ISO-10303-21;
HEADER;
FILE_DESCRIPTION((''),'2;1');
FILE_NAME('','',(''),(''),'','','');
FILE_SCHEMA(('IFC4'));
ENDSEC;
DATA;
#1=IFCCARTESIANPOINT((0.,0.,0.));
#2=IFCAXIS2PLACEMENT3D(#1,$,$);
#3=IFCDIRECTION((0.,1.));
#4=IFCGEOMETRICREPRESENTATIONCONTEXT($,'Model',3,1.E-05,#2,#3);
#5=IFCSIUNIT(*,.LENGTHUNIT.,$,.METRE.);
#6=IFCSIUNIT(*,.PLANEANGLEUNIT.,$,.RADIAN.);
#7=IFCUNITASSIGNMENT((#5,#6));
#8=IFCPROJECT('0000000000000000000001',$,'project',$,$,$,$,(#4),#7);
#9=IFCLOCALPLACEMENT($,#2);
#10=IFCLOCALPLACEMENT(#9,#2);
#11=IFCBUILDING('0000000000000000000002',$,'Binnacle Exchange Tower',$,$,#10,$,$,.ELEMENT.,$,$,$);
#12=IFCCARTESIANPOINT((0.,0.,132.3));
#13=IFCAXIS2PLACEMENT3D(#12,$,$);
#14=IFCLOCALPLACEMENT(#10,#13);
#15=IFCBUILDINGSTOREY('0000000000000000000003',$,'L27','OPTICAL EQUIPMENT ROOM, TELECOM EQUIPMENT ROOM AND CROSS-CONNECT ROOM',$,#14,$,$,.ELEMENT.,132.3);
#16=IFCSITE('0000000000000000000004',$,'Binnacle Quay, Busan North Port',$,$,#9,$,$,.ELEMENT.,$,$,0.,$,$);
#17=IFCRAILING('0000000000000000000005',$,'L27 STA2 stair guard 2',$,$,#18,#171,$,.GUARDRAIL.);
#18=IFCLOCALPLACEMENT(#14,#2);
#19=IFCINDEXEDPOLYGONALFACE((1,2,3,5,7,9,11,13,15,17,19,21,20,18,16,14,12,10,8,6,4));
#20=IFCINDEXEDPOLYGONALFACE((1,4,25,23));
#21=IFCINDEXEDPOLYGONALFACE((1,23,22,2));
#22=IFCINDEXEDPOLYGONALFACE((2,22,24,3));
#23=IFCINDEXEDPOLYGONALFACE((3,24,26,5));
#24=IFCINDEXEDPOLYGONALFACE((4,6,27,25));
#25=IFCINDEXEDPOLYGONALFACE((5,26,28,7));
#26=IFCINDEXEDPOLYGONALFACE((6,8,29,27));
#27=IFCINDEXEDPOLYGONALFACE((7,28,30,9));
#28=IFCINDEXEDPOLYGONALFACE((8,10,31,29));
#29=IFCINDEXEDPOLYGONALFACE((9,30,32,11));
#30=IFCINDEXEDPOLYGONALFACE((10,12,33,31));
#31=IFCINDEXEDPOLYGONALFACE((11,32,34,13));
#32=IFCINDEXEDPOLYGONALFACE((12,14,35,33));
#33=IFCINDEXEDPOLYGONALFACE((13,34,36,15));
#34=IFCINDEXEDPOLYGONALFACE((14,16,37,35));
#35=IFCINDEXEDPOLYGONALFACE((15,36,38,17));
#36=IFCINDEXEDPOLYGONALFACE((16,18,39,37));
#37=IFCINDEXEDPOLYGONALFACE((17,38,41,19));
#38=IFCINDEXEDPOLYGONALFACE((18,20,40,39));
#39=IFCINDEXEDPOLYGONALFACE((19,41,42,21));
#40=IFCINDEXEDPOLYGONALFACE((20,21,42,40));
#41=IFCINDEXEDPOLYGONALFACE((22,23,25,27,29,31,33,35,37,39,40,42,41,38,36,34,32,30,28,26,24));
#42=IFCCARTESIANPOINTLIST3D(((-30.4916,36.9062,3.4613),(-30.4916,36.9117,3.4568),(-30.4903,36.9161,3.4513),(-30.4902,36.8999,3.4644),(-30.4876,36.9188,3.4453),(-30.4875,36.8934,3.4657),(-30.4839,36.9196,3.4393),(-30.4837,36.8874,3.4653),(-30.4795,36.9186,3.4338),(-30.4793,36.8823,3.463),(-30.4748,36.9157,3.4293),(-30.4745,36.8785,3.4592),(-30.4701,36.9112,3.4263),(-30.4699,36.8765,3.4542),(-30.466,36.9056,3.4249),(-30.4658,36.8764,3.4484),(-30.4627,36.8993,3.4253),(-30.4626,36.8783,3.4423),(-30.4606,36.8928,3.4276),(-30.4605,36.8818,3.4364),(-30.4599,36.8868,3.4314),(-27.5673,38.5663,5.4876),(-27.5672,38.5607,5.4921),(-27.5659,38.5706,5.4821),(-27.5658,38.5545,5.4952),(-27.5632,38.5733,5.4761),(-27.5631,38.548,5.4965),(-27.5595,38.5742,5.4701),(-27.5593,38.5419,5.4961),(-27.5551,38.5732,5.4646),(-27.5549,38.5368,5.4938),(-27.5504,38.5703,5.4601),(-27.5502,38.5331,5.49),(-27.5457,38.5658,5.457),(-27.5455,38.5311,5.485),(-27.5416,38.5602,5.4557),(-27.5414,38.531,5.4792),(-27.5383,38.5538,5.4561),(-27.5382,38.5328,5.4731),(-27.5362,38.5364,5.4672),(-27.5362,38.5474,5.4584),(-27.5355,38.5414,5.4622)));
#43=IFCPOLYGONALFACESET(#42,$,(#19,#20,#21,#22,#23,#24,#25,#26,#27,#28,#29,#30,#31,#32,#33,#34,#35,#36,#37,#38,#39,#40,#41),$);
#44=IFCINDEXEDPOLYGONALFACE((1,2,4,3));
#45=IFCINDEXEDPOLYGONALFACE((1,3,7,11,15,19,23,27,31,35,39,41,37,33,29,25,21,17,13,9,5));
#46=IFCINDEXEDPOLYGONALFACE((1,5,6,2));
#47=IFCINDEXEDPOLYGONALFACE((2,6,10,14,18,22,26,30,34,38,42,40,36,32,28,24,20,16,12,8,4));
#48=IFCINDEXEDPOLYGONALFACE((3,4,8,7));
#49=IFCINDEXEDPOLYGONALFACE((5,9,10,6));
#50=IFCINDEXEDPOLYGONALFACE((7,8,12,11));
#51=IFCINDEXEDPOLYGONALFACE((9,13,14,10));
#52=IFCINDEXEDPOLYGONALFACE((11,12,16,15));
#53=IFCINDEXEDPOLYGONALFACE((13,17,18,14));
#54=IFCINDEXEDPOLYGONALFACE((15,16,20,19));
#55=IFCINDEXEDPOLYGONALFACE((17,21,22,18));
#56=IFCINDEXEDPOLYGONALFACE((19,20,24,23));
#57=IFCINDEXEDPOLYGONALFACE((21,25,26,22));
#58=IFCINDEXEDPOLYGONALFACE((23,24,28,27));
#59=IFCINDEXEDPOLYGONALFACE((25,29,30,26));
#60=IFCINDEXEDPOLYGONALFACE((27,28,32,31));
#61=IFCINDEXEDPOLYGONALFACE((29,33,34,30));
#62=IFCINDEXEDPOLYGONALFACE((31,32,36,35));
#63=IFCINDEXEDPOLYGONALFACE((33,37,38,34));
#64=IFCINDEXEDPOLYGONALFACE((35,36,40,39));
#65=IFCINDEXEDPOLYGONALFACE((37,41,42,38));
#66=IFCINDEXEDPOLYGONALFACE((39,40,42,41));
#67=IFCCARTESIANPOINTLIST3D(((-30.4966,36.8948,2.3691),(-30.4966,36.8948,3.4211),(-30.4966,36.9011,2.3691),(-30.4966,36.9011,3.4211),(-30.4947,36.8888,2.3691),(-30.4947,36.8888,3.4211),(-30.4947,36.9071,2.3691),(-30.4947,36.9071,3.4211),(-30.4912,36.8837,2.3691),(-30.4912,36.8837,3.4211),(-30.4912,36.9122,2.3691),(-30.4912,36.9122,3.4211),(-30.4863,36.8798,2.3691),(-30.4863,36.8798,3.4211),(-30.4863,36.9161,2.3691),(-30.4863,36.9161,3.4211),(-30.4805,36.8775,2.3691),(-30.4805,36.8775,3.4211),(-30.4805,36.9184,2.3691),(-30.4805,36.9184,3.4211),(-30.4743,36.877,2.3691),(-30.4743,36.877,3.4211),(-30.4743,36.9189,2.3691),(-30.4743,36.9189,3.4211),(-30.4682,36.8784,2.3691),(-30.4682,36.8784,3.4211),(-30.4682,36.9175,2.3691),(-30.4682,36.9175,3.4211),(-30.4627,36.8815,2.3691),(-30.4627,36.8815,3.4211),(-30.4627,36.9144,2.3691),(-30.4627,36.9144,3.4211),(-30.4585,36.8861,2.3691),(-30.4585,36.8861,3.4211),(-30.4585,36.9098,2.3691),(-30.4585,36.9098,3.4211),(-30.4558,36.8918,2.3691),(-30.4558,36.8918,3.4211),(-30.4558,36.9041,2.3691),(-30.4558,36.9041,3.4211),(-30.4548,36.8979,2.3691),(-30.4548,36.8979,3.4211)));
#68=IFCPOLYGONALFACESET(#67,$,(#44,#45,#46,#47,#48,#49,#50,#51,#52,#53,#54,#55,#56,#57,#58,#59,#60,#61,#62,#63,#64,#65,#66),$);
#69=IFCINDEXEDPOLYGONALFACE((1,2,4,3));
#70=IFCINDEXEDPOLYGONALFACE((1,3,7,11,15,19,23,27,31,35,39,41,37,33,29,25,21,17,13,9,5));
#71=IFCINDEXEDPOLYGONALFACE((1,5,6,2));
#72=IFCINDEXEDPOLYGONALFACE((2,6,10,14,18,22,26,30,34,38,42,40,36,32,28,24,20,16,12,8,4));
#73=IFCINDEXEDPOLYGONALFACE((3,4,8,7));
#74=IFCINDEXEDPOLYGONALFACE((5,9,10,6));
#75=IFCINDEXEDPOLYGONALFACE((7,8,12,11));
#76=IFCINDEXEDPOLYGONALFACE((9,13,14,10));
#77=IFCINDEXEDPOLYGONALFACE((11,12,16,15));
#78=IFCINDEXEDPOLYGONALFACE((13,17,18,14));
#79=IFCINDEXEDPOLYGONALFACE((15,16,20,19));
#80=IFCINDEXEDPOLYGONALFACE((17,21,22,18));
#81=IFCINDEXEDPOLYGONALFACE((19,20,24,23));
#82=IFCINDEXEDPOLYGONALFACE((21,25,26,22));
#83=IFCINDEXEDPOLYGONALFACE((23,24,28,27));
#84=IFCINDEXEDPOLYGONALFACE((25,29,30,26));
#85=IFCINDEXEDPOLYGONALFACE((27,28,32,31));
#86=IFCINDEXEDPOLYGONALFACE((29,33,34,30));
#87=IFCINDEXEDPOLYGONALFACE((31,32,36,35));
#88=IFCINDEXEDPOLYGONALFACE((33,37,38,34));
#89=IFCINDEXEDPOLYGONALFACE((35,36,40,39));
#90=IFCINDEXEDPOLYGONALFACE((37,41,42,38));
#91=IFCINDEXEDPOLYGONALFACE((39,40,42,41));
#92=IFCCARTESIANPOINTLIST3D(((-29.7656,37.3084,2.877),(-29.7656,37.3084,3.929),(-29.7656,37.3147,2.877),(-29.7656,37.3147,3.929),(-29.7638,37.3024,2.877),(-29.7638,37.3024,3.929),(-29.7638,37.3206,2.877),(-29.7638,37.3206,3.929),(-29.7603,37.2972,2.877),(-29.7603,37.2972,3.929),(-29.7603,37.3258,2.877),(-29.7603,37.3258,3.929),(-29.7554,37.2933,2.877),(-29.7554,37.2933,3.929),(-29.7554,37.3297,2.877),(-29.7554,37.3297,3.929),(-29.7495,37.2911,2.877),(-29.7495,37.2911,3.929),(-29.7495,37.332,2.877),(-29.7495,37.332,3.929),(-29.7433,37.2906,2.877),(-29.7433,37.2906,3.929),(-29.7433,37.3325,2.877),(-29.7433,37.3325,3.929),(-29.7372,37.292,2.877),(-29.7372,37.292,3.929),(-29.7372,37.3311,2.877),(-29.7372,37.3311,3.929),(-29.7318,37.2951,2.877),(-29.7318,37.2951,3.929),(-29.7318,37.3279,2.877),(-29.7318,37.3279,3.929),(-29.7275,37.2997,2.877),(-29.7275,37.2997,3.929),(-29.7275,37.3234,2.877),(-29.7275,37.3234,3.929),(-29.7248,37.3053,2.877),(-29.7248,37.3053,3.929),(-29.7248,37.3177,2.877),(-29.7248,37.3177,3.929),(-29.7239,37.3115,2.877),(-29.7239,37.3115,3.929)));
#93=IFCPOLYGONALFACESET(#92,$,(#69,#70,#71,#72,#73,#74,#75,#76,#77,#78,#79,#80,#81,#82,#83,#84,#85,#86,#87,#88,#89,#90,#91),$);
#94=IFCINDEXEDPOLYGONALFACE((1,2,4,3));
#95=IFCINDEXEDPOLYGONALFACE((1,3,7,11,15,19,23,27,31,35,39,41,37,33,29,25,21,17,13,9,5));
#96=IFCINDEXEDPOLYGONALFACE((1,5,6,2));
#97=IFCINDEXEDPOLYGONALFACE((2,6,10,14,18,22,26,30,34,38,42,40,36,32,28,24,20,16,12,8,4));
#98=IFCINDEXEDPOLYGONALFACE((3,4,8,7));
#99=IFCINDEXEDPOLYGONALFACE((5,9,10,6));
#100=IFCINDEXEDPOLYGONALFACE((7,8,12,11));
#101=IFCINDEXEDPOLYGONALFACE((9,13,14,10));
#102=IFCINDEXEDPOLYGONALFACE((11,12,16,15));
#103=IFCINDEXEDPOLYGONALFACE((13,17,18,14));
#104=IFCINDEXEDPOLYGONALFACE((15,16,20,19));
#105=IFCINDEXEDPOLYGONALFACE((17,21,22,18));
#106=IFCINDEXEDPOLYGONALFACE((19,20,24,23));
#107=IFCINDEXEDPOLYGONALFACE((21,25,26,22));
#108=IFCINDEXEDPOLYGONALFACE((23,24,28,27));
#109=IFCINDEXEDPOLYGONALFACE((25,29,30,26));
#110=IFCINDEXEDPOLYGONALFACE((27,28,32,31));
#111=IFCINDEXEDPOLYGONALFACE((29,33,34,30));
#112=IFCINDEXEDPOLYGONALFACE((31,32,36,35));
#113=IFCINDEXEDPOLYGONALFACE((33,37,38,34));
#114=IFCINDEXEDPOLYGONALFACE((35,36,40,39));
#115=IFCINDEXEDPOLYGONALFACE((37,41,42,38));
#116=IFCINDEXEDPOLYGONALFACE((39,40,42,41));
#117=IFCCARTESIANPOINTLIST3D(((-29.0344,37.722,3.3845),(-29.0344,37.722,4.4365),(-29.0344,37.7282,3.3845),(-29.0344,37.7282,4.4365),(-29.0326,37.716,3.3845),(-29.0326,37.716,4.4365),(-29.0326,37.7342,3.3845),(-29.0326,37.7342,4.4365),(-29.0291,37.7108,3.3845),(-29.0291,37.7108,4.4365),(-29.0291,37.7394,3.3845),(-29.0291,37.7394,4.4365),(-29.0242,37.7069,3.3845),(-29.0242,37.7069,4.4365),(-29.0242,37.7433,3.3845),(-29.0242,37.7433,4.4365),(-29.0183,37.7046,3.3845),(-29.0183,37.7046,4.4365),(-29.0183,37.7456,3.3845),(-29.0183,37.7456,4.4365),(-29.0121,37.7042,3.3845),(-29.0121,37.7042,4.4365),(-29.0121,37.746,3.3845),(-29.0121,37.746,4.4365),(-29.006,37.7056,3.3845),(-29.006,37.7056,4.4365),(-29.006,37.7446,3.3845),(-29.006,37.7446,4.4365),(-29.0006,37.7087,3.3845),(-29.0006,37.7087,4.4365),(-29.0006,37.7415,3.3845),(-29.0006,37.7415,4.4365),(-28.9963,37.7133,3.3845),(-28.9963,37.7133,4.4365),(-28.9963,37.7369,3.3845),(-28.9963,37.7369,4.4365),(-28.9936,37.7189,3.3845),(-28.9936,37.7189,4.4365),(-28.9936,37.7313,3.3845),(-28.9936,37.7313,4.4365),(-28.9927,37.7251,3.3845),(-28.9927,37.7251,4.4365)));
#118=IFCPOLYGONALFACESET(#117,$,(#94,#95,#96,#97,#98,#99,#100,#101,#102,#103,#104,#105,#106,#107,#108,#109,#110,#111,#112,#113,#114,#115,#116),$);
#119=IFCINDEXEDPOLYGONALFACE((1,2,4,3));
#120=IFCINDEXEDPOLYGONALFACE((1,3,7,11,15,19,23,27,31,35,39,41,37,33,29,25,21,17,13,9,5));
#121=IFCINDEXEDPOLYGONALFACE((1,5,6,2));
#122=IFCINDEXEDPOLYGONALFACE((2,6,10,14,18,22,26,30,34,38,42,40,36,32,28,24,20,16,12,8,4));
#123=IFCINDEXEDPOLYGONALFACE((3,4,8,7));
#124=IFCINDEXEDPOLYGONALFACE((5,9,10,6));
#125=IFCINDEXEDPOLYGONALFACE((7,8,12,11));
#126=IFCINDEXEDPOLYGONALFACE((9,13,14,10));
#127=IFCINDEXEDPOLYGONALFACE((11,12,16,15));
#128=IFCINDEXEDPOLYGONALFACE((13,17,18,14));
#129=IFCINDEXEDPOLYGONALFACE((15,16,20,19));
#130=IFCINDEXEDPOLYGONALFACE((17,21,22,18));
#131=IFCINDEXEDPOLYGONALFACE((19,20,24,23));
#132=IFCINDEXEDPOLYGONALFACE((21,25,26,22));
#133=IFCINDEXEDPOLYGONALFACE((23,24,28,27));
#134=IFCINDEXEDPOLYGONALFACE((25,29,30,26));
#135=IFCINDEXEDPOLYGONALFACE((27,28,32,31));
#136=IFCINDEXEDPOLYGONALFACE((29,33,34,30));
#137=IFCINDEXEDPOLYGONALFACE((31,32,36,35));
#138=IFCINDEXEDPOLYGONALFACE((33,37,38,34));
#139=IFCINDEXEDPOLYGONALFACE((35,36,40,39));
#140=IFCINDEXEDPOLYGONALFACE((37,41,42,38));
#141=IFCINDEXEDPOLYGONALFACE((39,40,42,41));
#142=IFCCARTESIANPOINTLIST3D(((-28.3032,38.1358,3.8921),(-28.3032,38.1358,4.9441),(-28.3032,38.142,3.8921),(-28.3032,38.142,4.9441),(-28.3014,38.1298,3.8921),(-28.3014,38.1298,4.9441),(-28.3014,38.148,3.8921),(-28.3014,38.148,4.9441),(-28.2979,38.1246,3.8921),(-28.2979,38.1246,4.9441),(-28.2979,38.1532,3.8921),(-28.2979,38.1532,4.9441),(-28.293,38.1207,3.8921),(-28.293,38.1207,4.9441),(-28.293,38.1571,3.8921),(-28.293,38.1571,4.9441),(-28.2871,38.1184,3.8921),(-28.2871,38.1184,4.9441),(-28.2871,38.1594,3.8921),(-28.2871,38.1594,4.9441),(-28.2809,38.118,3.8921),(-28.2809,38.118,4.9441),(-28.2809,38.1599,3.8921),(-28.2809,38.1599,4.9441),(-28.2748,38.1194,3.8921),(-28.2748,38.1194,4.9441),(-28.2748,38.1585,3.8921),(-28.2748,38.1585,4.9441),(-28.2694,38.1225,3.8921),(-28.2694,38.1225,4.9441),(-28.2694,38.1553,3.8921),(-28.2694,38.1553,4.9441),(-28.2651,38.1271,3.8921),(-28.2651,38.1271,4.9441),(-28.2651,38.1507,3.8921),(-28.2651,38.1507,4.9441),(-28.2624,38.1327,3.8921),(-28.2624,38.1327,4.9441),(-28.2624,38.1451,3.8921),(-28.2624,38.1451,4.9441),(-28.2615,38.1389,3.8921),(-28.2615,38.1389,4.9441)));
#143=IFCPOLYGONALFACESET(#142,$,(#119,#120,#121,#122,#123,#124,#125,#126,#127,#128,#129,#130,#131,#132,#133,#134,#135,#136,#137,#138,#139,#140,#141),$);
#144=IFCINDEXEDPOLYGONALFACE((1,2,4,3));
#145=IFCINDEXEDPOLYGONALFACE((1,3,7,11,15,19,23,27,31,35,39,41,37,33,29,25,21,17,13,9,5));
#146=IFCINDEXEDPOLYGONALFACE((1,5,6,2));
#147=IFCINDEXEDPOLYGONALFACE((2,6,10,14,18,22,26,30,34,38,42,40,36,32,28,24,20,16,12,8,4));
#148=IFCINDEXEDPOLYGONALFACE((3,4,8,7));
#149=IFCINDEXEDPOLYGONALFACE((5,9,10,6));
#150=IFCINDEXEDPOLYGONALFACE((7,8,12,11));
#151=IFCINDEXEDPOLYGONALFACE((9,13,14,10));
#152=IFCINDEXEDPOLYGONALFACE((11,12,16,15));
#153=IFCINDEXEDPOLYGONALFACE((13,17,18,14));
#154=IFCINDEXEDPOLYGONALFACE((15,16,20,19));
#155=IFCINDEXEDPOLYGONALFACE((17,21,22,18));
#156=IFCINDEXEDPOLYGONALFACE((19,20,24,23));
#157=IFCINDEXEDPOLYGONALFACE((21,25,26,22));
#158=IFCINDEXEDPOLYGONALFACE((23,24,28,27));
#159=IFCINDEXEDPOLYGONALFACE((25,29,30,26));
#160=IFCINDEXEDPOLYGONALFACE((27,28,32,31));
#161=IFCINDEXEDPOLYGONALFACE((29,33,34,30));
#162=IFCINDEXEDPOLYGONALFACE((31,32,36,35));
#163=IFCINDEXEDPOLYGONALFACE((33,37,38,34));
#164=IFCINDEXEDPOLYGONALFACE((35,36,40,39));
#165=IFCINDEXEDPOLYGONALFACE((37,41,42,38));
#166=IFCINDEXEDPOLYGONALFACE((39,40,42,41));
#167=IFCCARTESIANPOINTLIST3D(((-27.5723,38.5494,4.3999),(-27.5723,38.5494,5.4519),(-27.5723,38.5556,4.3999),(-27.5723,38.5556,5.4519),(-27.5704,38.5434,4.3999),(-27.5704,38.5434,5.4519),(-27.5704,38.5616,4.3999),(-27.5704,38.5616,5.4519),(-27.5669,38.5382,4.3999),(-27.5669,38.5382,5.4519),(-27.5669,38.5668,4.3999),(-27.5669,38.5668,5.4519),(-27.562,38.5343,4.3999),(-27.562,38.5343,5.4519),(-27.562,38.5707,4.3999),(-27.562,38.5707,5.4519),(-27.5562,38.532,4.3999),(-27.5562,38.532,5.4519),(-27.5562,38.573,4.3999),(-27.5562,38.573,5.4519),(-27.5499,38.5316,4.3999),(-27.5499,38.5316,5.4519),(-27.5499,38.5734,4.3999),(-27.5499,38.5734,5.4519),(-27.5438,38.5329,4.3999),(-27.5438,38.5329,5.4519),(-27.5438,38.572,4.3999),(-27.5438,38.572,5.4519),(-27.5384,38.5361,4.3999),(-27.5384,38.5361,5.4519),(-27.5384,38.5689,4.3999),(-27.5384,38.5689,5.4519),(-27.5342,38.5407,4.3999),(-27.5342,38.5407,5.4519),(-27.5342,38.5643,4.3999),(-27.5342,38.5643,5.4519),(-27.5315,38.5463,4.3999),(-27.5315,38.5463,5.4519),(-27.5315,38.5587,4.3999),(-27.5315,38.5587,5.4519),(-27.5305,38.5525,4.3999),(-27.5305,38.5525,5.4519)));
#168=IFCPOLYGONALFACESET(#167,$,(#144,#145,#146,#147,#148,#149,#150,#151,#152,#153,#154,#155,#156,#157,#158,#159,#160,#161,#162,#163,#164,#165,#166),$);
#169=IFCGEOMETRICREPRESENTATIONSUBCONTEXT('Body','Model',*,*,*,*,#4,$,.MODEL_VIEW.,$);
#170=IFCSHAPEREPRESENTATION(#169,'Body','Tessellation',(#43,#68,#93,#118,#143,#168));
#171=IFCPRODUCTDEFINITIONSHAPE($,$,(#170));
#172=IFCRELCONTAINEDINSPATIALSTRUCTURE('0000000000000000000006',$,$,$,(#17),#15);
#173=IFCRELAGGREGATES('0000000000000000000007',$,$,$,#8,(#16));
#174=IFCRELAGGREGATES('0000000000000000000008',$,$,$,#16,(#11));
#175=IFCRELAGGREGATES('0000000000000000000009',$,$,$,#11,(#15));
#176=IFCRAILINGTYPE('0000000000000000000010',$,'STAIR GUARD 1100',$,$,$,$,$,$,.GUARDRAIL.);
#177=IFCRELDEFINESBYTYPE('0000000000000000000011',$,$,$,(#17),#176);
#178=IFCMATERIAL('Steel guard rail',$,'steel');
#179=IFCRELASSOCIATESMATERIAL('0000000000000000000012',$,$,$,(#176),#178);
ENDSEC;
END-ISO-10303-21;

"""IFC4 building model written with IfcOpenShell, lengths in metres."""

from ifc_helpers import new_model, si_unit, direction, frame, origin, origin_2d, place, context, subcontext, project, spatial, circle, extrude, material, type_object, element, save


model = new_model("IFC4")

# Units and contexts
model_context = context("Model", 3, precision=1e-05, world=origin(), true_north=direction((0.0, 1.0)))
body_context = subcontext(model_context, "Body", "Model", "MODEL_VIEW")
ifc_project = project(units=[si_unit("LENGTHUNIT", "METRE"), si_unit("PLANEANGLEUNIT", "RADIAN")], contexts=[model_context])

# Site, building, storey
site_placement = place(None, origin())
site = spatial("IfcSite", under=ifc_project, at=site_placement, Name="Binnacle Quay, Busan North Port", CompositionType="ELEMENT", RefElevation=0.0)
building_placement = place(site_placement, origin())
building = spatial("IfcBuilding", under=site, at=building_placement, Name="Binnacle Exchange Tower", CompositionType="ELEMENT")
storey_placement = place(building_placement, frame((0.0, 0.0, 132.3)))
storey = spatial("IfcBuildingStorey", under=building, at=storey_placement, Name="L27", Description="OPTICAL EQUIPMENT ROOM, TELECOM EQUIPMENT ROOM AND CROSS-CONNECT ROOM", CompositionType="ELEMENT", Elevation=132.3)

# Railing
ifc_material_1 = material(Name="Steel guard rail", Category="steel")
railing_type_1 = type_object("IfcRailingType", Name="STAIR GUARD 1100", PredefinedType="GUARDRAIL", material=ifc_material_1)
railing_1_placement = place(storey_placement, frame((-30.4758, 36.8979, 2.3691)))
element("IfcRailing", 1, at=railing_1_placement, inside=storey, type_object=railing_type_1, Name="L27 STA2 stair guard 2", PredefinedType="GUARDRAIL", context=body_context, shape_type="SweptSolid", body=[
    extrude(circle(Radius=0.0239, at=origin_2d()), frame((0.0, 0.0, 1.0762), z_axis=(0.744867, 0.421437, 0.517266), x_axis=(-0.492433, 0.87035, 0.0)), (0.0, 0.0, 1.0), 3.926),
    extrude(circle(Radius=0.021, at=origin_2d()), origin(), (0.0, 0.0, 1.0), 1.052),
    extrude(circle(Radius=0.021, at=origin_2d()), frame((0.731, 0.4136, 0.5078)), (0.0, 0.0, 1.0), 1.052),
    extrude(circle(Radius=0.021, at=origin_2d()), frame((1.4622, 0.8271, 1.0154)), (0.0, 0.0, 1.0), 1.052),
    extrude(circle(Radius=0.021, at=origin_2d()), frame((2.1934, 1.241, 1.5229)), (0.0, 0.0, 1.0), 1.052),
    extrude(circle(Radius=0.021, at=origin_2d()), frame((2.9243, 1.6545, 2.0308)), (0.0, 0.0, 1.0), 1.052),
])

save(model, "model.ifc")
